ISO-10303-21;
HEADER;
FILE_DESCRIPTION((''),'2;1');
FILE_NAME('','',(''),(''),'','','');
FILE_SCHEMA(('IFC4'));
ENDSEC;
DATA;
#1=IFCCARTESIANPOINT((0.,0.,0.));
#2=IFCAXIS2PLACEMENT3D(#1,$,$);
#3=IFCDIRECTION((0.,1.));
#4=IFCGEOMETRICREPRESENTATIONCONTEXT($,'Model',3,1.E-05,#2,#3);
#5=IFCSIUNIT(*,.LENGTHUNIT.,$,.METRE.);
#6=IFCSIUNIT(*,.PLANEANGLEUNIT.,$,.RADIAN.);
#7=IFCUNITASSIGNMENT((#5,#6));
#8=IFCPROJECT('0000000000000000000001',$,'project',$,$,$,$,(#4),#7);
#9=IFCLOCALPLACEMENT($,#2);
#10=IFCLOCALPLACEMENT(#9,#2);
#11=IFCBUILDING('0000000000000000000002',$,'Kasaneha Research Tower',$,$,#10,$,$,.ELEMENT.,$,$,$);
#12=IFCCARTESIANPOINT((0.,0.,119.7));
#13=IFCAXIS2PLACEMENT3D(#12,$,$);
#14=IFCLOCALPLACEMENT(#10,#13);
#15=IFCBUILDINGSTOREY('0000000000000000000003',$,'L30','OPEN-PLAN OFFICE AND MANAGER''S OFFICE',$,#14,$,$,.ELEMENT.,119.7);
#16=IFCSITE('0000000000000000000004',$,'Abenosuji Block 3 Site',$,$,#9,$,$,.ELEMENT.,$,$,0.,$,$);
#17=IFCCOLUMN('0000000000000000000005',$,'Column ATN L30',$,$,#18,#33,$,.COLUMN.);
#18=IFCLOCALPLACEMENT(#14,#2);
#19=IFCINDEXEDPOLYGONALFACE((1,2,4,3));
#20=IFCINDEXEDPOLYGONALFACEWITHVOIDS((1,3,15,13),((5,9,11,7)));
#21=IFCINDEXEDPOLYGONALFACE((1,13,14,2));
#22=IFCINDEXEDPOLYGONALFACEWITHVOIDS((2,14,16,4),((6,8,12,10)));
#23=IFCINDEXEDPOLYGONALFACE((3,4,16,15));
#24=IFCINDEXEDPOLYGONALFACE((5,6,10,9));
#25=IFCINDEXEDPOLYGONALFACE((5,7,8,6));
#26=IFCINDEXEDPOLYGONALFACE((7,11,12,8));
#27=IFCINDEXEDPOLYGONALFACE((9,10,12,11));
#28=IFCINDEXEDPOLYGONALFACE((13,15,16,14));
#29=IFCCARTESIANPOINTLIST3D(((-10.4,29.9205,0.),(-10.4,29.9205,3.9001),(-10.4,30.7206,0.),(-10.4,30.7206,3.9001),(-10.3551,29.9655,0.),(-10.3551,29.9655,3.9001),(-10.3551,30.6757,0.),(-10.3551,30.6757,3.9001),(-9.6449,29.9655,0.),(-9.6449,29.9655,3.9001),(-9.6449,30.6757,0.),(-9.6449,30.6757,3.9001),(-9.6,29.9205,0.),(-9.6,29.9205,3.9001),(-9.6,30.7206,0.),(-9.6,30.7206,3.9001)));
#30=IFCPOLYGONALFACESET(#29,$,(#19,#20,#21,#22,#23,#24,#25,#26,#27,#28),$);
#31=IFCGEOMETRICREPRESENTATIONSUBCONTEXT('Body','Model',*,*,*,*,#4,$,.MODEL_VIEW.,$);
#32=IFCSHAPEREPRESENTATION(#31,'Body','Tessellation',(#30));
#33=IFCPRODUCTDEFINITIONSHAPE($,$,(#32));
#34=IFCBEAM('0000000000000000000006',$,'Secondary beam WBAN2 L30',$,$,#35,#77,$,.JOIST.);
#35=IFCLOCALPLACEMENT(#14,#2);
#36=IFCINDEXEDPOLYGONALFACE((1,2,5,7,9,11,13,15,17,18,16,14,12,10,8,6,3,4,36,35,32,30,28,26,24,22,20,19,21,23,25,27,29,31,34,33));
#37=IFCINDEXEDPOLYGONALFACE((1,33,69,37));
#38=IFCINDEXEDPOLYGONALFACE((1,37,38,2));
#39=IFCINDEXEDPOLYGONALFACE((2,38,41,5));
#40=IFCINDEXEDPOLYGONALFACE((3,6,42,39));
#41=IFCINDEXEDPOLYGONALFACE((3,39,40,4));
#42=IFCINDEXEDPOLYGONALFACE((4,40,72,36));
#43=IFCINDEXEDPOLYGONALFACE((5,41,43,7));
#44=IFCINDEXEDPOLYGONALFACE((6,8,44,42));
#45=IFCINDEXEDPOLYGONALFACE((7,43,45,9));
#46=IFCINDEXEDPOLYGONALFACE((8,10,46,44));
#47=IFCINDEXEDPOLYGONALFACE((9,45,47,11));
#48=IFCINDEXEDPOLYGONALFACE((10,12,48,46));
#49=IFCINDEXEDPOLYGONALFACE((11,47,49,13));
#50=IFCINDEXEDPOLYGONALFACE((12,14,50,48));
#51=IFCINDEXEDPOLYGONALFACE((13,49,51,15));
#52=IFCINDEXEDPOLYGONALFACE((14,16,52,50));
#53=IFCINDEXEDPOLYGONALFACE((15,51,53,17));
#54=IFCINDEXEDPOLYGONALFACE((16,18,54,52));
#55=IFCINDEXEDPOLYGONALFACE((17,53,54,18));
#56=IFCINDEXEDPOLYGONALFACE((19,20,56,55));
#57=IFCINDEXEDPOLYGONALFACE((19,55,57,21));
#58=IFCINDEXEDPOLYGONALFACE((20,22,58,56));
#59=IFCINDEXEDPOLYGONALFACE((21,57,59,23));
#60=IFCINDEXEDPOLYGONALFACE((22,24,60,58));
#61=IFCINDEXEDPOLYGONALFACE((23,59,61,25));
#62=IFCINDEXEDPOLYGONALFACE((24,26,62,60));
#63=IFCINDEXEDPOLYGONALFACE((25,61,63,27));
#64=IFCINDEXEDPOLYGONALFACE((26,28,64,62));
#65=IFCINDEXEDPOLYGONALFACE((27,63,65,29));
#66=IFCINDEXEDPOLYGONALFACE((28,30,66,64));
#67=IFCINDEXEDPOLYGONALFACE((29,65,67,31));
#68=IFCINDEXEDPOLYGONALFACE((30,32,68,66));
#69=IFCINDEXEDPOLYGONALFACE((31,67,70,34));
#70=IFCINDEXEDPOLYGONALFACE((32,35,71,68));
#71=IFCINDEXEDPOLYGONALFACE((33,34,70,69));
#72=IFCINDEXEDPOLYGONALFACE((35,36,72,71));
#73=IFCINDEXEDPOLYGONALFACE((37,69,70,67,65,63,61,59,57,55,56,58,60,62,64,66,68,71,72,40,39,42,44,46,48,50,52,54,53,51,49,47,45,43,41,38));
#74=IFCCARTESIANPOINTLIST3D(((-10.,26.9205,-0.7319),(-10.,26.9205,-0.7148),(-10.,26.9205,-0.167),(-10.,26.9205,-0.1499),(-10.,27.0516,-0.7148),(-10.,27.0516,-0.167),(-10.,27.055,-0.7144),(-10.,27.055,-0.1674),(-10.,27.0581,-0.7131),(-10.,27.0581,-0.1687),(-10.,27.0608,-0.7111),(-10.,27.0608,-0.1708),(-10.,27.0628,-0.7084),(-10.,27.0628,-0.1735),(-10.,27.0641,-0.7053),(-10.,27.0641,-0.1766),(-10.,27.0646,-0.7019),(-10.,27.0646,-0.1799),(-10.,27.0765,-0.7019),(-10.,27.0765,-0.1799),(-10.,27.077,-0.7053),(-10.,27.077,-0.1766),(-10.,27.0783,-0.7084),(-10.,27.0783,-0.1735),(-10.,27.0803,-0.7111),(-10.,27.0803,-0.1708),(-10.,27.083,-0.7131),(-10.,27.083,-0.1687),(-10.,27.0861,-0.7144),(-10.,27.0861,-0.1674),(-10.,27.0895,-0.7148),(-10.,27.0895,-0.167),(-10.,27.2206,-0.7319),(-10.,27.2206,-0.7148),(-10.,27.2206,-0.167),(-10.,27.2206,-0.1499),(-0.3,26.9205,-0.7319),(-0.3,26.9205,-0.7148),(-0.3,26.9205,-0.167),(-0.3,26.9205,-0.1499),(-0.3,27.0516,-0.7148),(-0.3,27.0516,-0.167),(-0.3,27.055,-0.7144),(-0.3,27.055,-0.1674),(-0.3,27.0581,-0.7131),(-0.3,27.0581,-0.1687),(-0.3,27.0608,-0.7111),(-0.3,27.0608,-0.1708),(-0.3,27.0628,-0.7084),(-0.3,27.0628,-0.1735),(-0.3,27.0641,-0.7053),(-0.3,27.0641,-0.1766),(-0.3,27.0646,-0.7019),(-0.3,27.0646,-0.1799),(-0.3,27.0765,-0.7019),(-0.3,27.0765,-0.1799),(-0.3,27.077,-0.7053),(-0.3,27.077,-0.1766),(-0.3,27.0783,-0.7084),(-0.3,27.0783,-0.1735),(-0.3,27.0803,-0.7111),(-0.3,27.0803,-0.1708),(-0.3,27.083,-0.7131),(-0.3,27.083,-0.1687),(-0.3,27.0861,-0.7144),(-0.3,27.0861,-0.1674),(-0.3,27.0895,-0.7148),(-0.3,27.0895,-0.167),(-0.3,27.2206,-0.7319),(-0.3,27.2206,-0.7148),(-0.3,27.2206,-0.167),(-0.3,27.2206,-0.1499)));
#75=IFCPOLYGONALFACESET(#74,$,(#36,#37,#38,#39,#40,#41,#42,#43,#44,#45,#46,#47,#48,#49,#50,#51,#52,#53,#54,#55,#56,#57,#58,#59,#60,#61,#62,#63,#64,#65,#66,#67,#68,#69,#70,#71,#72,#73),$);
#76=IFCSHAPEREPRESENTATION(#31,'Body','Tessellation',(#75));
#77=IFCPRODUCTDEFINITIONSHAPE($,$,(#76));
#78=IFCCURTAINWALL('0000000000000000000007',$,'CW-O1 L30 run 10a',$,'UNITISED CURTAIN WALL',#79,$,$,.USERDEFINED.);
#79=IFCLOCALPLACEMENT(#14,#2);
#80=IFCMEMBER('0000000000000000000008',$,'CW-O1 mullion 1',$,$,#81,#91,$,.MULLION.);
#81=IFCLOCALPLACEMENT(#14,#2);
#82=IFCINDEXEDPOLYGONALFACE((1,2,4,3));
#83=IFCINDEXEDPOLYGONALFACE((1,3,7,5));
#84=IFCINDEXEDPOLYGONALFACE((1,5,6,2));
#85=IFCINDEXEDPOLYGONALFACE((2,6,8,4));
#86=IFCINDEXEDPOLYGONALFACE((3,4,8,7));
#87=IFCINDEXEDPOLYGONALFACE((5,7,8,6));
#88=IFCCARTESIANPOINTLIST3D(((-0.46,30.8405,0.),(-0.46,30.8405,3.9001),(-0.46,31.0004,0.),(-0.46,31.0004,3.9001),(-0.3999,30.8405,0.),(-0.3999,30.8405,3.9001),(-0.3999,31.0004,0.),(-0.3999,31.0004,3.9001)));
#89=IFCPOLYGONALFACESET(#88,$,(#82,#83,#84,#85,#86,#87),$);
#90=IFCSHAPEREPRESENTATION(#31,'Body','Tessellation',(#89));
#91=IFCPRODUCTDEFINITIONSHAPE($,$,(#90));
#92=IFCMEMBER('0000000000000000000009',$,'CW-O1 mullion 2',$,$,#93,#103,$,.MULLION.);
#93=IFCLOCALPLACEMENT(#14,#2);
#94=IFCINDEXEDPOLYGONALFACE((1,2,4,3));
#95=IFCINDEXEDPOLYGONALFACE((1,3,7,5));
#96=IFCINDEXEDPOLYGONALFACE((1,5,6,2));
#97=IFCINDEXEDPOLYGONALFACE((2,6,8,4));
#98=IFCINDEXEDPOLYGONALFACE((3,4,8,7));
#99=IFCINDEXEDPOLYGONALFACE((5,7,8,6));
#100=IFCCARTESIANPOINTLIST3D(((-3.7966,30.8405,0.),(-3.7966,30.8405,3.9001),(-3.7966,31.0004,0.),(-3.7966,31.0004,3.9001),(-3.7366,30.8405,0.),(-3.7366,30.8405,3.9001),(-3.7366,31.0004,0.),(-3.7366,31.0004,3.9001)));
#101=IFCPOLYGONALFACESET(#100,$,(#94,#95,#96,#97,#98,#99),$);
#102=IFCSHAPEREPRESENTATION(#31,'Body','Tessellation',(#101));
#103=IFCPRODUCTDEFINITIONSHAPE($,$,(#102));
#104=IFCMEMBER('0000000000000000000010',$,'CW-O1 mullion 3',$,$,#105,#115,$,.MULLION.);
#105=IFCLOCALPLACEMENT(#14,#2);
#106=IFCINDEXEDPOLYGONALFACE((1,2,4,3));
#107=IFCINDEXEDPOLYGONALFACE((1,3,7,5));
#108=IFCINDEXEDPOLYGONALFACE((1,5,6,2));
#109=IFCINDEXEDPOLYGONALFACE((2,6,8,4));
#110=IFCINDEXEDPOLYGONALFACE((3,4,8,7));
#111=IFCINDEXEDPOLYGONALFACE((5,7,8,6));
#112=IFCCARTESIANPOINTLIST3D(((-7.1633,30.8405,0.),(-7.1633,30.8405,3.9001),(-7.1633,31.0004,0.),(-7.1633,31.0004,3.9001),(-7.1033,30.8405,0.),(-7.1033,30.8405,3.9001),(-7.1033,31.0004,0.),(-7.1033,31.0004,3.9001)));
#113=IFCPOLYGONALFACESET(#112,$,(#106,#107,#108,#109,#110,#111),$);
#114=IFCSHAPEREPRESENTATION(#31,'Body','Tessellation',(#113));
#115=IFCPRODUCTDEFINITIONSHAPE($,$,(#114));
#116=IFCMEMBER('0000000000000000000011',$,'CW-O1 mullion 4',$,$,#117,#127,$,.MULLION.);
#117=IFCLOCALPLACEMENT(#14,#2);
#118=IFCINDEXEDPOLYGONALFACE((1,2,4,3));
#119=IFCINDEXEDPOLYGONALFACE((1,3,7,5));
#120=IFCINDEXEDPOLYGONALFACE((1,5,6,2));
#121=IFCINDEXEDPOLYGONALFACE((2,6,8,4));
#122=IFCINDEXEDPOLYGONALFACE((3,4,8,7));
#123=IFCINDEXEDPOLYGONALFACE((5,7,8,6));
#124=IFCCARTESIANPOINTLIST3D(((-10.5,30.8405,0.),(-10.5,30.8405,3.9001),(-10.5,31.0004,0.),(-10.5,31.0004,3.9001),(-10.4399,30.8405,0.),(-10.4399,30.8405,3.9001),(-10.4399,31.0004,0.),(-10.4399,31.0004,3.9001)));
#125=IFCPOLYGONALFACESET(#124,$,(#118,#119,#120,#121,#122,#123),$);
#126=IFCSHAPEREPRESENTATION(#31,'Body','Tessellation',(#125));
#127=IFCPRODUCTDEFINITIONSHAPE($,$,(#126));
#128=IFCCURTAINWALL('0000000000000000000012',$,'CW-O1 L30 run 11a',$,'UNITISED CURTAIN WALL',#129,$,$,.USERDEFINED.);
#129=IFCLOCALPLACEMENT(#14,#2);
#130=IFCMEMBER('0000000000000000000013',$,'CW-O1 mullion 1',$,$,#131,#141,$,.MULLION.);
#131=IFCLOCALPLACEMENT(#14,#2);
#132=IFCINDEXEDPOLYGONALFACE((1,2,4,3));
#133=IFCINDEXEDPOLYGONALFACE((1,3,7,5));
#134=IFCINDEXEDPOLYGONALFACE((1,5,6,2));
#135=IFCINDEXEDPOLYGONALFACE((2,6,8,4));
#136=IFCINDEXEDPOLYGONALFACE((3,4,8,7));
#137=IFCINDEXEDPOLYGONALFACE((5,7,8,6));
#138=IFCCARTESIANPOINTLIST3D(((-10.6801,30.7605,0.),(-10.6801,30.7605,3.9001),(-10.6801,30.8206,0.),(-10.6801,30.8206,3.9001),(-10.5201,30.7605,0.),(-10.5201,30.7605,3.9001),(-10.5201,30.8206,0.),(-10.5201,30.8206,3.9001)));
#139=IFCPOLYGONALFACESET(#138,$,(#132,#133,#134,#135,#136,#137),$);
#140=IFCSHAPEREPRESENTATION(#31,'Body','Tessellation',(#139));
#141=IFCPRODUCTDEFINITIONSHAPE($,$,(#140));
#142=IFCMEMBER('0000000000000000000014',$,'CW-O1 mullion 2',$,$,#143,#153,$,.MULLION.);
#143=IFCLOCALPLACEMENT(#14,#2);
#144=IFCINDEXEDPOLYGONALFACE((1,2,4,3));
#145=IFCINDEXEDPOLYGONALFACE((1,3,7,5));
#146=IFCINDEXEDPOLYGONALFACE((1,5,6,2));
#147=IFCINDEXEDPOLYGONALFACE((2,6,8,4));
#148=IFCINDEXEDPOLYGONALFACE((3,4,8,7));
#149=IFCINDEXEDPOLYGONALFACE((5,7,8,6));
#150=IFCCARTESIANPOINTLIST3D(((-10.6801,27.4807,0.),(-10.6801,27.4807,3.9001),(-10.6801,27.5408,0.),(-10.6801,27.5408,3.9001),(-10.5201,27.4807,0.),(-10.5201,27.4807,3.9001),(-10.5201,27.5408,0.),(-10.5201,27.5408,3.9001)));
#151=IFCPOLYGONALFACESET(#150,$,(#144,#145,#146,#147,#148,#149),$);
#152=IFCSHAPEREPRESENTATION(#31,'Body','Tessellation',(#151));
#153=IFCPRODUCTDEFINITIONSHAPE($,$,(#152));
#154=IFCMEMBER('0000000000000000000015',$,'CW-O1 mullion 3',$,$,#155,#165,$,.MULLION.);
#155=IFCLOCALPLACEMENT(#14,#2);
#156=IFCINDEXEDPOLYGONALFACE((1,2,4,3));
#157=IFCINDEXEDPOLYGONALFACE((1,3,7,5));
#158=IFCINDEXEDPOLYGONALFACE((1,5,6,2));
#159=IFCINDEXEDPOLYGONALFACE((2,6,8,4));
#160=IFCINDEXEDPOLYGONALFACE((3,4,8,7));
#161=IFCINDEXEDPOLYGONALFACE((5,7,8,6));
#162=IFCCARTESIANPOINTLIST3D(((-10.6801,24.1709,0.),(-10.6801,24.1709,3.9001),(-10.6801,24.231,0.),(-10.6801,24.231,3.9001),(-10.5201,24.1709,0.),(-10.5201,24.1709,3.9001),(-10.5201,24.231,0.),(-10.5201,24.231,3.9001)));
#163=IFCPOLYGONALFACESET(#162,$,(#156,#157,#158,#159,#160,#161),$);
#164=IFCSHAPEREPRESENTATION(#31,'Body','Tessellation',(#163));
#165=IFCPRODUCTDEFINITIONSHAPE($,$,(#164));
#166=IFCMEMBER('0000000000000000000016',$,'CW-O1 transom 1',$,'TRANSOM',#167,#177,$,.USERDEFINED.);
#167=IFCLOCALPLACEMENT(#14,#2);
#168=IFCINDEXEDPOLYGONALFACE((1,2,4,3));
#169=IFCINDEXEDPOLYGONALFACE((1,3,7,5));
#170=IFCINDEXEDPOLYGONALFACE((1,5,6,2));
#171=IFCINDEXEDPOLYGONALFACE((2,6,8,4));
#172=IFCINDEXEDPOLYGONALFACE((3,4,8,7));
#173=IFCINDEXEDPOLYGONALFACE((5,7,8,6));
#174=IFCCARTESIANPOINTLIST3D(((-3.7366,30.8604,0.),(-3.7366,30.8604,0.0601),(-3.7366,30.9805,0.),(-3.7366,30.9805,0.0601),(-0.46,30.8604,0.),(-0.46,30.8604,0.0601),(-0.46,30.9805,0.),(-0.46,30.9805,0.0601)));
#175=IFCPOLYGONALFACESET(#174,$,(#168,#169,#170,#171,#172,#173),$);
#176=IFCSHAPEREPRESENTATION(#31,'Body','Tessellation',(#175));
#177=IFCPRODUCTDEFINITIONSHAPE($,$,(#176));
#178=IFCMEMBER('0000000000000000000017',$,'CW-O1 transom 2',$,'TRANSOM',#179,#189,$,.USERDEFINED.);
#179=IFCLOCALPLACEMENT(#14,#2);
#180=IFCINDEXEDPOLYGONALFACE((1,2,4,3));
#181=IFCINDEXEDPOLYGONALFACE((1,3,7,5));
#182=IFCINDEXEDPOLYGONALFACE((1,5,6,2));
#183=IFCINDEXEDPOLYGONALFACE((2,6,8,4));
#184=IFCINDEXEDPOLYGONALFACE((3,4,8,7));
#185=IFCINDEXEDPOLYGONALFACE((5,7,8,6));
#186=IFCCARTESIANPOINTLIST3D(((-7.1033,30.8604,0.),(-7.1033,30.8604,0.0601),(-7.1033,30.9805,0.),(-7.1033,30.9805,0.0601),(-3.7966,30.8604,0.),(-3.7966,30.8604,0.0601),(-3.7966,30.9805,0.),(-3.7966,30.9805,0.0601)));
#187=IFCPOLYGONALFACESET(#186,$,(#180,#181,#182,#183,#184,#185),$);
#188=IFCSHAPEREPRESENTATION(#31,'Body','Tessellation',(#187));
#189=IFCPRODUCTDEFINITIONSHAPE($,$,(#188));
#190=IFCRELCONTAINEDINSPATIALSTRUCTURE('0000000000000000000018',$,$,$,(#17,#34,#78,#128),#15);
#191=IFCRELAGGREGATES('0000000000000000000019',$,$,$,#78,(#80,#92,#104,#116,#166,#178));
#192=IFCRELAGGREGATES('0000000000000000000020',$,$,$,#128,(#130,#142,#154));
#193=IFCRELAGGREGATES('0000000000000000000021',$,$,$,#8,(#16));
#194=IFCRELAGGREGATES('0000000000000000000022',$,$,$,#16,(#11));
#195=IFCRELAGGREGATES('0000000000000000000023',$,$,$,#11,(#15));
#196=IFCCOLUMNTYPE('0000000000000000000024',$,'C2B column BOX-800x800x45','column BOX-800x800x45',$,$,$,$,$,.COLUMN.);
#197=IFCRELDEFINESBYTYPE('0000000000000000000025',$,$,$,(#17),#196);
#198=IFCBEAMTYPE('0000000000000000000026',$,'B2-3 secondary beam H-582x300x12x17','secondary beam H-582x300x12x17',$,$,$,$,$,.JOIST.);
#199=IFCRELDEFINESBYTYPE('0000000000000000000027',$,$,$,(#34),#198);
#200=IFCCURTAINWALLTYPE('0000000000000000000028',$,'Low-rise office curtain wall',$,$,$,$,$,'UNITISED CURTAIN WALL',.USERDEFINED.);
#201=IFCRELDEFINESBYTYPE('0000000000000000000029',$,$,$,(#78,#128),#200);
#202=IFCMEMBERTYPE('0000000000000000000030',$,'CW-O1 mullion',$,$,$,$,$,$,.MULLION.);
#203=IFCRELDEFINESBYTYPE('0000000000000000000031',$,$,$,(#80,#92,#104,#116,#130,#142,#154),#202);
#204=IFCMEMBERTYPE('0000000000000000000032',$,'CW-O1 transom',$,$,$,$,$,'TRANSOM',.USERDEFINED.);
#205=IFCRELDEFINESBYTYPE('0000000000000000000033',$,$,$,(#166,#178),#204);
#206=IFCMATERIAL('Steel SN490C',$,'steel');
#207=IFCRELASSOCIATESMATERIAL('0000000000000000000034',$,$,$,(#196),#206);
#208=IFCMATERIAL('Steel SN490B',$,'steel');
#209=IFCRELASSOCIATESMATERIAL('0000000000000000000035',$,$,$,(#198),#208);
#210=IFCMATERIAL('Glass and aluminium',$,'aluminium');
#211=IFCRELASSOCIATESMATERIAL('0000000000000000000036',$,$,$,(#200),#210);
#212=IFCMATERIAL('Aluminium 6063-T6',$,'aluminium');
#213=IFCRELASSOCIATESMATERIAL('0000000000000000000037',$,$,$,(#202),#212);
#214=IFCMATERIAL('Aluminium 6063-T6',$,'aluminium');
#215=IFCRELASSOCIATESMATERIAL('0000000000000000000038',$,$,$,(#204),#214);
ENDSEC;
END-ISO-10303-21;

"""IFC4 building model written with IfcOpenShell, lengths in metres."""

from ifc_helpers import new_model, si_unit, direction, frame, origin, origin_2d, place, context, subcontext, project, spatial, rectangle, hollow_rectangle, i_section, extrude, material, material_profile, profile_set, type_object, element, aggregate, save


model = new_model("IFC4")

# Units and contexts
model_context = context("Model", 3, precision=1e-05, world=origin(), true_north=direction((0.0, 1.0)))
body_context = subcontext(model_context, "Body", "Model", "MODEL_VIEW")
ifc_project = project(units=[si_unit("LENGTHUNIT", "METRE"), si_unit("PLANEANGLEUNIT", "RADIAN")], contexts=[model_context])

# Site, building, storey
site_placement = place(None, origin())
site = spatial("IfcSite", under=ifc_project, at=site_placement, Name="Abenosuji Block 3 Site", CompositionType="ELEMENT", RefElevation=0.0)
building_placement = place(site_placement, origin())
building = spatial("IfcBuilding", under=site, at=building_placement, Name="Kasaneha Research Tower", CompositionType="ELEMENT")
storey_placement = place(building_placement, frame((0.0, 0.0, 119.7)))
storey = spatial("IfcBuildingStorey", under=building, at=storey_placement, Name="L30", Description="OPEN-PLAN OFFICE AND MANAGER'S OFFICE", CompositionType="ELEMENT", Elevation=119.7)

# Column
ifc_material_1 = material(Name="Steel SN490C", Category="steel")
ifc_material_profile_1 = material_profile(ifc_material_1, hollow_rectangle(XDim=0.8, YDim=0.8, WallThickness=0.0449, at=origin_2d()), Name="BOX-800x800x45")
ifc_profile_set_1 = profile_set([ifc_material_profile_1], Name="Steel SN490C")
column_type = type_object("IfcColumnType", Name="C2B column BOX-800x800x45", Description="column BOX-800x800x45", PredefinedType="COLUMN", material=ifc_profile_set_1)
column_placement = place(storey_placement, frame((-10.0, 30.3206, 0.0), z_axis=(0.0, 0.0, 1.0), x_axis=(1.0, 0.0, 0.0)))
element("IfcColumn", 1, at=column_placement, inside=storey, type_object=column_type, Name="Column ATN L30", PredefinedType="COLUMN", context=body_context, shape_type="SweptSolid", body=[
    extrude(hollow_rectangle(XDim=0.8, YDim=0.8, WallThickness=0.0449, at=origin_2d()), origin(), (0.0, 0.0, 1.0), 3.9001),
])

# Beam
ifc_material_2 = material(Name="Steel SN490B", Category="steel")
ifc_material_profile_2 = material_profile(ifc_material_2, i_section(OverallWidth=0.3, OverallDepth=0.582, WebThickness=0.012, FlangeThickness=0.0171, FilletRadius=0.0129, at=origin_2d()), Name="H-582x300x12x17")
ifc_profile_set_2 = profile_set([ifc_material_profile_2], Name="Steel SN490B")
beam_type_1 = type_object("IfcBeamType", Name="B2-3 secondary beam H-582x300x12x17", Description="secondary beam H-582x300x12x17", PredefinedType="JOIST", material=ifc_profile_set_2)
beam_1_placement = place(storey_placement, frame((-10.0, 27.0706, -0.4409), z_axis=(1.0, 0.0, 0.0), x_axis=(0.0, 1.0, 0.0)))
element("IfcBeam", 2, at=beam_1_placement, inside=storey, type_object=beam_type_1, Name="Secondary beam WBAN2 L30", PredefinedType="JOIST", context=body_context, shape_type="SweptSolid", body=[
    extrude(i_section(OverallWidth=0.3, OverallDepth=0.582, WebThickness=0.012, FlangeThickness=0.0171, FilletRadius=0.0129, at=origin_2d()), origin(), (0.0, 0.0, 1.0), 9.7),
])

# Curtain walls, members
ifc_material_3 = material(Name="Glass and aluminium", Category="aluminium")
curtain_wall_type = type_object("IfcCurtainWallType", Name="Low-rise office curtain wall", ElementType="UNITISED CURTAIN WALL", PredefinedType="USERDEFINED", material=ifc_material_3)
curtain_wall_1_placement = place(storey_placement, origin())
curtain_wall_1 = element("IfcCurtainWall", 3, at=curtain_wall_1_placement, inside=storey, type_object=curtain_wall_type, Name="CW-O1 L30 run 10a", ObjectType="UNITISED CURTAIN WALL", PredefinedType="USERDEFINED")
ifc_material_4 = material(Name="Aluminium 6063-T6", Category="aluminium")
ifc_material_profile_3 = material_profile(ifc_material_4, rectangle(XDim=0.0601, YDim=0.1599, at=origin_2d()), Name="CW-O1 mullion 60x160")
ifc_profile_set_3 = profile_set([ifc_material_profile_3], Name="Aluminium 6063-T6")
member_type_1 = type_object("IfcMemberType", Name="CW-O1 mullion", PredefinedType="MULLION", material=ifc_profile_set_3)
member_1_placement = place(storey_placement, frame((-0.4299, 30.9204, 0.0), z_axis=(0.0, 0.0, 1.0), x_axis=(-1.0, 0.0, 0.0)))
member_1 = element("IfcMember", 4, at=member_1_placement, type_object=member_type_1, Name="CW-O1 mullion 1", PredefinedType="MULLION", context=body_context, shape_type="SweptSolid", body=[
    extrude(rectangle(XDim=0.0601, YDim=0.1599, at=origin_2d()), origin(), (0.0, 0.0, 1.0), 3.9001),
])
member_2_placement = place(storey_placement, frame((-3.7666, 30.9204, 0.0), z_axis=(0.0, 0.0, 1.0), x_axis=(-1.0, 0.0, 0.0)))
member_2 = element("IfcMember", 5, at=member_2_placement, type_object=member_type_1, Name="CW-O1 mullion 2", PredefinedType="MULLION", context=body_context, shape_type="SweptSolid", body=[
    extrude(rectangle(XDim=0.0601, YDim=0.1599, at=origin_2d()), origin(), (0.0, 0.0, 1.0), 3.9001),
])
member_3_placement = place(storey_placement, frame((-7.1333, 30.9204, 0.0), z_axis=(0.0, 0.0, 1.0), x_axis=(-1.0, 0.0, 0.0)))
member_3 = element("IfcMember", 6, at=member_3_placement, type_object=member_type_1, Name="CW-O1 mullion 3", PredefinedType="MULLION", context=body_context, shape_type="SweptSolid", body=[
    extrude(rectangle(XDim=0.0601, YDim=0.1599, at=origin_2d()), origin(), (0.0, 0.0, 1.0), 3.9001),
])
member_4_placement = place(storey_placement, frame((-10.47, 30.9204, 0.0), z_axis=(0.0, 0.0, 1.0), x_axis=(-1.0, 0.0, 0.0)))
member_4 = element("IfcMember", 7, at=member_4_placement, type_object=member_type_1, Name="CW-O1 mullion 4", PredefinedType="MULLION", context=body_context, shape_type="SweptSolid", body=[
    extrude(rectangle(XDim=0.0601, YDim=0.1599, at=origin_2d()), origin(), (0.0, 0.0, 1.0), 3.9001),
])
curtain_wall_2_placement = place(storey_placement, origin())
curtain_wall_2 = element("IfcCurtainWall", 8, at=curtain_wall_2_placement, inside=storey, type_object=curtain_wall_type, Name="CW-O1 L30 run 11a", ObjectType="UNITISED CURTAIN WALL", PredefinedType="USERDEFINED")
member_5_placement = place(storey_placement, frame((-10.6001, 30.7905, 0.0), z_axis=(0.0, 0.0, 1.0), x_axis=(0.0, -1.0, 0.0)))
member_5 = element("IfcMember", 9, at=member_5_placement, type_object=member_type_1, Name="CW-O1 mullion 1", PredefinedType="MULLION", context=body_context, shape_type="SweptSolid", body=[
    extrude(rectangle(XDim=0.0601, YDim=0.1599, at=origin_2d()), origin(), (0.0, 0.0, 1.0), 3.9001),
])
member_6_placement = place(storey_placement, frame((-10.6001, 27.5107, 0.0), z_axis=(0.0, 0.0, 1.0), x_axis=(0.0, -1.0, 0.0)))
member_6 = element("IfcMember", 10, at=member_6_placement, type_object=member_type_1, Name="CW-O1 mullion 2", PredefinedType="MULLION", context=body_context, shape_type="SweptSolid", body=[
    extrude(rectangle(XDim=0.0601, YDim=0.1599, at=origin_2d()), origin(), (0.0, 0.0, 1.0), 3.9001),
])
member_7_placement = place(storey_placement, frame((-10.6001, 24.2009, 0.0), z_axis=(0.0, 0.0, 1.0), x_axis=(0.0, -1.0, 0.0)))
member_7 = element("IfcMember", 11, at=member_7_placement, type_object=member_type_1, Name="CW-O1 mullion 3", PredefinedType="MULLION", context=body_context, shape_type="SweptSolid", body=[
    extrude(rectangle(XDim=0.0601, YDim=0.1599, at=origin_2d()), origin(), (0.0, 0.0, 1.0), 3.9001),
])

# Members
ifc_material_5 = material(Name="Aluminium 6063-T6", Category="aluminium")
ifc_material_profile_4 = material_profile(ifc_material_5, rectangle(XDim=0.1201, YDim=0.0601, at=origin_2d()), Name="CW-O1 transom 120x60")
ifc_profile_set_4 = profile_set([ifc_material_profile_4], Name="Aluminium 6063-T6")
member_type_2 = type_object("IfcMemberType", Name="CW-O1 transom", ElementType="TRANSOM", PredefinedType="USERDEFINED", material=ifc_profile_set_4)
member_8_placement = place(storey_placement, frame((-0.46, 30.9204, 0.03), z_axis=(-1.0, 0.0, 0.0), x_axis=(0.0, -1.0, 0.0)))
member_8 = element("IfcMember", 12, at=member_8_placement, type_object=member_type_2, Name="CW-O1 transom 1", ObjectType="TRANSOM", PredefinedType="USERDEFINED", context=body_context, shape_type="SweptSolid", body=[
    extrude(rectangle(XDim=0.1201, YDim=0.0601, at=origin_2d()), origin(), (0.0, 0.0, 1.0), 3.2766),
])
member_9_placement = place(storey_placement, frame((-3.7966, 30.9204, 0.03), z_axis=(-1.0, 0.0, 0.0), x_axis=(0.0, -1.0, 0.0)))
member_9 = element("IfcMember", 13, at=member_9_placement, type_object=member_type_2, Name="CW-O1 transom 2", ObjectType="TRANSOM", PredefinedType="USERDEFINED", context=body_context, shape_type="SweptSolid", body=[
    extrude(rectangle(XDim=0.1201, YDim=0.0601, at=origin_2d()), origin(), (0.0, 0.0, 1.0), 3.3066),
])

aggregate(curtain_wall_1, [member_1, member_2, member_3, member_4, member_8, member_9])
aggregate(curtain_wall_2, [member_5, member_6, member_7])

save(model, "model.ifc")
